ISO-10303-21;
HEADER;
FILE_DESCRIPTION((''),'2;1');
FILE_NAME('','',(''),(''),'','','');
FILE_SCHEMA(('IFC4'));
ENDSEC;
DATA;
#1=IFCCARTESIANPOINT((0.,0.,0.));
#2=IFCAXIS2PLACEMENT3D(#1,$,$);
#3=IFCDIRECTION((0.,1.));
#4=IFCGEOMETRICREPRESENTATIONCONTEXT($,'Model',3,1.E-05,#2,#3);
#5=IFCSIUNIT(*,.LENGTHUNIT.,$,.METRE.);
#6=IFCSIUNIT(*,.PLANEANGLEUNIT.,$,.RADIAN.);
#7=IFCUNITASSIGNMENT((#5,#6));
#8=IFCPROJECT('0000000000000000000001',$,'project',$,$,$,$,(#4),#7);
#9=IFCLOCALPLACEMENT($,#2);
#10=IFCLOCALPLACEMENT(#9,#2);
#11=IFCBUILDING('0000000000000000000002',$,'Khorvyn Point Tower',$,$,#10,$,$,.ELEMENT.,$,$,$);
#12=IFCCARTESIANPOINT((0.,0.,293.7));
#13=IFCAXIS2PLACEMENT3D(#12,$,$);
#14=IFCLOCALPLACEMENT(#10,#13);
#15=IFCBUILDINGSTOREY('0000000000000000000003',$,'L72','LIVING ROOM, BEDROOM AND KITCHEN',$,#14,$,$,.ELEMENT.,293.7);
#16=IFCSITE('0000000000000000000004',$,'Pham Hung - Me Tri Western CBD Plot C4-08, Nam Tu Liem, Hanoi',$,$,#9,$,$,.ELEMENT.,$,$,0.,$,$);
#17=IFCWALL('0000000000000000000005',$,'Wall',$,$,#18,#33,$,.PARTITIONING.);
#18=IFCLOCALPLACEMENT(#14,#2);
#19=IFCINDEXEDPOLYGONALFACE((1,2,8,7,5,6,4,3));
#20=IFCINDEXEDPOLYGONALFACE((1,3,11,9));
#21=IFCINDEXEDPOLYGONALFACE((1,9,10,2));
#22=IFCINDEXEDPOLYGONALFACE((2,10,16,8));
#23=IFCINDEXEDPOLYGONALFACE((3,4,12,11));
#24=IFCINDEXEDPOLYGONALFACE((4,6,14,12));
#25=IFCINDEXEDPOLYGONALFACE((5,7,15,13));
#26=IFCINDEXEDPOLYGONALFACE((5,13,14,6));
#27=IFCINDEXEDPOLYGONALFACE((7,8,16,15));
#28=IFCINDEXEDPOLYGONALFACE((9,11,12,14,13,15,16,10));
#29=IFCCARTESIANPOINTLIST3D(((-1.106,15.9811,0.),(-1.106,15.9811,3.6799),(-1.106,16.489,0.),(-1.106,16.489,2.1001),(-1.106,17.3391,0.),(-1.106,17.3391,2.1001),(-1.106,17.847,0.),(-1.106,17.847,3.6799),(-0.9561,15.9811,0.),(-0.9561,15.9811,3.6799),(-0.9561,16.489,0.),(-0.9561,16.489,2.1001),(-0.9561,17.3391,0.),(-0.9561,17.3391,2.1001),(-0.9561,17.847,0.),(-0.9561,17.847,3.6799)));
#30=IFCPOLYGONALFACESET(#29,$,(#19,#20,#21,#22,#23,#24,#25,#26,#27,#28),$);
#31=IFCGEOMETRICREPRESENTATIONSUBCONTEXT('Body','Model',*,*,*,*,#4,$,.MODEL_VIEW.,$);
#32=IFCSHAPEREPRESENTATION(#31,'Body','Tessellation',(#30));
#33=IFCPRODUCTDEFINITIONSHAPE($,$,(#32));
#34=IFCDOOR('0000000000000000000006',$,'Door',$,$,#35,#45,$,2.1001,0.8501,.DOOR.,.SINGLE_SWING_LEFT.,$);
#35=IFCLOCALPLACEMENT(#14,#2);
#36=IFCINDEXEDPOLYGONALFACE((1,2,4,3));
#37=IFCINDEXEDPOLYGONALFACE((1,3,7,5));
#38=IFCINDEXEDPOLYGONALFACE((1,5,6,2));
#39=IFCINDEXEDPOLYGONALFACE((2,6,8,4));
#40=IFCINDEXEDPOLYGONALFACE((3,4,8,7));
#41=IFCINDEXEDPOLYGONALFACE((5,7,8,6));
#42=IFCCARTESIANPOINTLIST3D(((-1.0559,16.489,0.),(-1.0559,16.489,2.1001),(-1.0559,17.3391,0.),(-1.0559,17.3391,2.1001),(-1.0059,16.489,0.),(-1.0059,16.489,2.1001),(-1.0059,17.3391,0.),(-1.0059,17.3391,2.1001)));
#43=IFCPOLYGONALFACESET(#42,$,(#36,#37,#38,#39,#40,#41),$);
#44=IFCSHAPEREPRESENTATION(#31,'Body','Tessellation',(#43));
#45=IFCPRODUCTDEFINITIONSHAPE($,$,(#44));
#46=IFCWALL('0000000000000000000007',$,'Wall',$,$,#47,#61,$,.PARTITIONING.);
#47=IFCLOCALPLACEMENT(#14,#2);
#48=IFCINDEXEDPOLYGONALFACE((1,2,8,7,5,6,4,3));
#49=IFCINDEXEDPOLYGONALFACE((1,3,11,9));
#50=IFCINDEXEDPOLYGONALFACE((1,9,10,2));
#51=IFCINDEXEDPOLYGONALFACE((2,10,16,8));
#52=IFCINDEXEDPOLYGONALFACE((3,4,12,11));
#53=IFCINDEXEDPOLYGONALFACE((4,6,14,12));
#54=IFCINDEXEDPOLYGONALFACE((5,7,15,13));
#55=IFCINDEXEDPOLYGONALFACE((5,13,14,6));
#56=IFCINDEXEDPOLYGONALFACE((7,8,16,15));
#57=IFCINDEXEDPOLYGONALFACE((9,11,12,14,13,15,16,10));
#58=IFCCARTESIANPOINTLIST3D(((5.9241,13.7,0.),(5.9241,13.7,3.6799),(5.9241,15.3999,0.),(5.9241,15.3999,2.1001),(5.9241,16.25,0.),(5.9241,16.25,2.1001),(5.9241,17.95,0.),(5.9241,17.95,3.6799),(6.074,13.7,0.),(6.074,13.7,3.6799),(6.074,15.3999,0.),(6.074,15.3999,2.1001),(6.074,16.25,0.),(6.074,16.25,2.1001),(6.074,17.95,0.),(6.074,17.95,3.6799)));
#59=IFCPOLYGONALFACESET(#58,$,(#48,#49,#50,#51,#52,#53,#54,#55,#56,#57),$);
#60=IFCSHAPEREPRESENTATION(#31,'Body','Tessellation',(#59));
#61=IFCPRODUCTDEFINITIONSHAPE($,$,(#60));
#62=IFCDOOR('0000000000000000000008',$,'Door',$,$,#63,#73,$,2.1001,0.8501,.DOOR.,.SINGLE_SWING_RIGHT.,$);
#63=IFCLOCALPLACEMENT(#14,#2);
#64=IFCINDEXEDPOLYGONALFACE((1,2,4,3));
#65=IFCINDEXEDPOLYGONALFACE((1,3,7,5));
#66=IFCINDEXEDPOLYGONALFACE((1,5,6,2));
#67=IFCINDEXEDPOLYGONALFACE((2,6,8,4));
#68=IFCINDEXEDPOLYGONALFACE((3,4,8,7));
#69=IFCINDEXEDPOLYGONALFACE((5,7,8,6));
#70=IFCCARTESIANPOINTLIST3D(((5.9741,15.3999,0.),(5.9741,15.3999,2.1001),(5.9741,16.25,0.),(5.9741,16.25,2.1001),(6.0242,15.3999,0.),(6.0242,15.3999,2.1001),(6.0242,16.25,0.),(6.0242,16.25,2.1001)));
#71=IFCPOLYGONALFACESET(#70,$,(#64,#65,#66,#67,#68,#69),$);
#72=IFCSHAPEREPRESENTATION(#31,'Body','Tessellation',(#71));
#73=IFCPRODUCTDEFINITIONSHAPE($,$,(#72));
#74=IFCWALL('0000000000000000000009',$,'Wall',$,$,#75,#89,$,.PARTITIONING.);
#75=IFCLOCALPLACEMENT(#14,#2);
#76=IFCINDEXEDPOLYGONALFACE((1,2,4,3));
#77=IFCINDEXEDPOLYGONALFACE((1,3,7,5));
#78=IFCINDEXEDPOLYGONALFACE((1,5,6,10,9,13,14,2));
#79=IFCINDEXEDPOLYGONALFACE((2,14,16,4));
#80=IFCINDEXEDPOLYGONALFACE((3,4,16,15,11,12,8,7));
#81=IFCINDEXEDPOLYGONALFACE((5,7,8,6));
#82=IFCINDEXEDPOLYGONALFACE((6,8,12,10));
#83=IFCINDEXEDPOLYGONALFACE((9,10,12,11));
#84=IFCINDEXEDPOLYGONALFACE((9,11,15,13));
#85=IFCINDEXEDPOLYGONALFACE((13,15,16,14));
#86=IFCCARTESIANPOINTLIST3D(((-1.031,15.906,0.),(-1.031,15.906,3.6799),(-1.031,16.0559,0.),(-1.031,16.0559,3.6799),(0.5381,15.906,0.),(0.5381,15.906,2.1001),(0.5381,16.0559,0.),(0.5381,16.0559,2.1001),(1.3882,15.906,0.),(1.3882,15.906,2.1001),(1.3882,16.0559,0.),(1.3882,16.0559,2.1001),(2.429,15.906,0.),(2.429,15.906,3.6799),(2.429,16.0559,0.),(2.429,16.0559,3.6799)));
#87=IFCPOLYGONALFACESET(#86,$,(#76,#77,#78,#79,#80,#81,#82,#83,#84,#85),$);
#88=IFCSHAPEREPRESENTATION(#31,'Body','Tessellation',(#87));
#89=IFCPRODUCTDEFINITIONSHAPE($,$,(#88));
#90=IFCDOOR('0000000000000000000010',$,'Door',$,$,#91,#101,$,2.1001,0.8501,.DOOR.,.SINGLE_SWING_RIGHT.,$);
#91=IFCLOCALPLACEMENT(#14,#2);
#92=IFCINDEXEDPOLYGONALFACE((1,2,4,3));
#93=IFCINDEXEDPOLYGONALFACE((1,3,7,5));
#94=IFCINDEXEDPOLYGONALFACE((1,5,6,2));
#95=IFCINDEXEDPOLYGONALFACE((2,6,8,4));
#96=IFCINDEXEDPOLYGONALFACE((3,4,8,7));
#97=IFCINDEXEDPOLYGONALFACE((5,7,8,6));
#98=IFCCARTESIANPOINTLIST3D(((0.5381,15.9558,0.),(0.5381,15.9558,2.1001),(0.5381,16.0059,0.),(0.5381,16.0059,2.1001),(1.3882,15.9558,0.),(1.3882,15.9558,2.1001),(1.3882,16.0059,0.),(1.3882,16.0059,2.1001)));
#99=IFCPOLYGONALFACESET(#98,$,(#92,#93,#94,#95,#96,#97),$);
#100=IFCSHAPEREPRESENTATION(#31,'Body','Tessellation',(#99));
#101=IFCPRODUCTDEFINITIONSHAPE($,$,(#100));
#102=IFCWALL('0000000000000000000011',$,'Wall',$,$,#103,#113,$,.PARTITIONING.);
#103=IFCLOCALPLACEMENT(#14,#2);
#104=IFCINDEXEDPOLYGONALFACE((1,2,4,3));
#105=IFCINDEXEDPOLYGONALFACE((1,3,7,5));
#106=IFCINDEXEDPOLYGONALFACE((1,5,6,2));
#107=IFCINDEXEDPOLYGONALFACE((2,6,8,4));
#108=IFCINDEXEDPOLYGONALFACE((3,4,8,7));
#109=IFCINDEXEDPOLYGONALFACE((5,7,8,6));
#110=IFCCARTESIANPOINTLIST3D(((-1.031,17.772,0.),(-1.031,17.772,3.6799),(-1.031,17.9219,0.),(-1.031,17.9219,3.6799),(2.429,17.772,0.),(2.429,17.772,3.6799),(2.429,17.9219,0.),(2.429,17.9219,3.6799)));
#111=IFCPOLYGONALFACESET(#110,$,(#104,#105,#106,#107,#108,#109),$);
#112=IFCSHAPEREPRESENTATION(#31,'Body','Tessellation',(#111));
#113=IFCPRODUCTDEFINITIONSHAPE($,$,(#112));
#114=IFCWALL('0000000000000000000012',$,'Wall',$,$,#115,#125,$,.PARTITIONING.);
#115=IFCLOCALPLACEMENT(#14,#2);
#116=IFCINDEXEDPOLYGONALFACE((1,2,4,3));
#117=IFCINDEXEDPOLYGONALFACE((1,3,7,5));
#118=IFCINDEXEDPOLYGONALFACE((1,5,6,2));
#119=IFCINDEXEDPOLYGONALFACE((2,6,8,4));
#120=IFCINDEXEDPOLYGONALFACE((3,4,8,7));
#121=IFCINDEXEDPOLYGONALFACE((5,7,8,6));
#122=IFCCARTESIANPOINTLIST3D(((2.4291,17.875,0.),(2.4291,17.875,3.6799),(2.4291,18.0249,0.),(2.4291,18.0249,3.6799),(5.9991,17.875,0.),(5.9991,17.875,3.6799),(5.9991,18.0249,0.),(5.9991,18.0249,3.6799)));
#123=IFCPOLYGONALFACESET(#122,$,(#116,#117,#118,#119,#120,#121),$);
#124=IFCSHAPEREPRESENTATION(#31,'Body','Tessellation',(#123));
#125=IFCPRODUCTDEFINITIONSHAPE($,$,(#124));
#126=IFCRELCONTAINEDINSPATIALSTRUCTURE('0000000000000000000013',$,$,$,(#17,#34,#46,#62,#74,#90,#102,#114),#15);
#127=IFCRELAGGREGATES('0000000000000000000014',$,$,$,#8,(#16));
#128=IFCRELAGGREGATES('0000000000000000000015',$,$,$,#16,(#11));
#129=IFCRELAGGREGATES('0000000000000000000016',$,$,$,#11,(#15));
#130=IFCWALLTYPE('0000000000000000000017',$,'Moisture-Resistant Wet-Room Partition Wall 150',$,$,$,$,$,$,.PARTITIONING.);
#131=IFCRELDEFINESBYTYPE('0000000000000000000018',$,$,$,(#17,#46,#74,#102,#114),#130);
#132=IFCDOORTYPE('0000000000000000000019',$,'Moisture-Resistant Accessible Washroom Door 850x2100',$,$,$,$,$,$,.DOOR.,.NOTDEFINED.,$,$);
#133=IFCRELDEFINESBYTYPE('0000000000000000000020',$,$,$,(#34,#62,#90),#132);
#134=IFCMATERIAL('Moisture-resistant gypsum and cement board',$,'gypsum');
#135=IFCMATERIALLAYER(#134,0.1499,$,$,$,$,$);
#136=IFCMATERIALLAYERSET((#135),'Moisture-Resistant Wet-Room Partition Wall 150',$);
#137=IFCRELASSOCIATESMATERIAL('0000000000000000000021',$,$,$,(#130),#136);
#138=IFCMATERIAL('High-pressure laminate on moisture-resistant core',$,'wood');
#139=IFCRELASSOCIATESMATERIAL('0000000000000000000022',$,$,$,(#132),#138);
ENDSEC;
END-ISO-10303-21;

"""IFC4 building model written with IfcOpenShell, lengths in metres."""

from ifc_helpers import new_model, si_unit, direction, frame, frame_2d, origin, place, context, subcontext, project, spatial, rectangle, extrude, material, layer, layer_set, type_object, element, fill, save


model = new_model("IFC4")

# Units and contexts
model_context = context("Model", 3, precision=1e-05, world=origin(), true_north=direction((0.0, 1.0)))
body_context = subcontext(model_context, "Body", "Model", "MODEL_VIEW")
ifc_project = project(units=[si_unit("LENGTHUNIT", "METRE"), si_unit("PLANEANGLEUNIT", "RADIAN")], contexts=[model_context])

# Site, building, storey
site_placement = place(None, origin())
site = spatial("IfcSite", under=ifc_project, at=site_placement, Name="Pham Hung - Me Tri Western CBD Plot C4-08, Nam Tu Liem, Hanoi", CompositionType="ELEMENT", RefElevation=0.0)
building_placement = place(site_placement, origin())
building = spatial("IfcBuilding", under=site, at=building_placement, Name="Khorvyn Point Tower", CompositionType="ELEMENT")
storey_placement = place(building_placement, frame((0.0, 0.0, 293.7)))
storey = spatial("IfcBuildingStorey", under=building, at=storey_placement, Name="L72", Description="LIVING ROOM, BEDROOM AND KITCHEN", CompositionType="ELEMENT", Elevation=293.7)

# Shared definitions
ifc_material_1 = material(Name="Moisture-resistant gypsum and cement board", Category="gypsum")
ifc_layer_1 = layer(ifc_material_1, 0.1499)
ifc_layer_set_1 = layer_set([ifc_layer_1], Name="Moisture-Resistant Wet-Room Partition Wall 150")
wall_type_1 = type_object("IfcWallType", Name="Moisture-Resistant Wet-Room Partition Wall 150", PredefinedType="PARTITIONING", material=ifc_layer_set_1)

# Walls, openings, doors
wall_1_placement = place(storey_placement, frame((-1.031, 15.981, 0.0), z_axis=(0.0, 0.0, 1.0), x_axis=(0.0, 1.0, 0.0)))
wall_1 = element("IfcWall", 1, at=wall_1_placement, inside=storey, type_object=wall_type_1, Name="Wall", PredefinedType="PARTITIONING", context=body_context, shape_type="SweptSolid", body=[
    extrude(rectangle(XDim=1.866, YDim=0.1499, at=frame_2d((0.9331, 0.0))), origin(), (0.0, 0.0, 1.0), 3.6799),
])
opening_1_placement = place(wall_1_placement, frame((0.5081, 0.0, 0.0)))
opening_1 = element("IfcOpeningElement", 2, at=opening_1_placement, cuts=wall_1, PredefinedType="OPENING", context=body_context, shape_type="SweptSolid", body=[
    extrude(rectangle(XDim=0.8501, YDim=2.1001, at=frame_2d((0.425, 1.05))), frame((0.0, 0.085, 0.0), z_axis=(0.0, -1.0, 0.0), x_axis=(1.0, 0.0, 0.0)), (0.0, 0.0, 1.0), 0.1699),
])
ifc_material_2 = material(Name="High-pressure laminate on moisture-resistant core", Category="wood")
door_type_1 = type_object("IfcDoorType", Name="Moisture-Resistant Accessible Washroom Door 850x2100", OperationType="NOTDEFINED", PredefinedType="DOOR", material=ifc_material_2)
door_1_placement = place(opening_1_placement, origin())
door_1 = element("IfcDoor", 3, at=door_1_placement, inside=storey, type_object=door_type_1, Name="Door", OperationType="SINGLE_SWING_LEFT", OverallHeight=2.1001, OverallWidth=0.8501, PredefinedType="DOOR", context=body_context, shape_type="SweptSolid", body=[
    extrude(rectangle(XDim=0.8501, YDim=2.1001, at=frame_2d((0.425, 1.05))), frame((0.0, 0.0249, 0.0), z_axis=(0.0, -1.0, 0.0), x_axis=(1.0, 0.0, 0.0)), (0.0, 0.0, 1.0), 0.05),
])
fill(opening_1, door_1)
wall_2_placement = place(storey_placement, frame((5.999, 13.7, 0.0), z_axis=(0.0, 0.0, 1.0), x_axis=(0.0, 1.0, 0.0)))
wall_2 = element("IfcWall", 4, at=wall_2_placement, inside=storey, type_object=wall_type_1, Name="Wall", PredefinedType="PARTITIONING", context=body_context, shape_type="SweptSolid", body=[
    extrude(rectangle(XDim=4.25, YDim=0.1499, at=frame_2d((2.125, 0.0))), origin(), (0.0, 0.0, 1.0), 3.6799),
])
opening_2_placement = place(wall_2_placement, frame((1.7, 0.0, 0.0)))
opening_2 = element("IfcOpeningElement", 5, at=opening_2_placement, cuts=wall_2, PredefinedType="OPENING", context=body_context, shape_type="SweptSolid", body=[
    extrude(rectangle(XDim=0.8501, YDim=2.1001, at=frame_2d((0.425, 1.05))), frame((0.0, 0.085, 0.0), z_axis=(0.0, -1.0, 0.0), x_axis=(1.0, 0.0, 0.0)), (0.0, 0.0, 1.0), 0.1699),
])
door_2_placement = place(opening_2_placement, origin())
door_2 = element("IfcDoor", 6, at=door_2_placement, inside=storey, type_object=door_type_1, Name="Door", OperationType="SINGLE_SWING_RIGHT", OverallHeight=2.1001, OverallWidth=0.8501, PredefinedType="DOOR", context=body_context, shape_type="SweptSolid", body=[
    extrude(rectangle(XDim=0.8501, YDim=2.1001, at=frame_2d((0.425, 1.05))), frame((0.0, 0.0249, 0.0), z_axis=(0.0, -1.0, 0.0), x_axis=(1.0, 0.0, 0.0)), (0.0, 0.0, 1.0), 0.05),
])
fill(opening_2, door_2)
wall_3_placement = place(storey_placement, frame((-1.031, 15.981, 0.0), z_axis=(0.0, 0.0, 1.0), x_axis=(1.0, 0.0, 0.0)))
wall_3 = element("IfcWall", 7, at=wall_3_placement, inside=storey, type_object=wall_type_1, Name="Wall", PredefinedType="PARTITIONING", context=body_context, shape_type="SweptSolid", body=[
    extrude(rectangle(XDim=3.46, YDim=0.1499, at=frame_2d((1.73, 0.0))), origin(), (0.0, 0.0, 1.0), 3.6799),
])
opening_3_placement = place(wall_3_placement, frame((1.5691, 0.0, 0.0)))
opening_3 = element("IfcOpeningElement", 8, at=opening_3_placement, cuts=wall_3, PredefinedType="OPENING", context=body_context, shape_type="SweptSolid", body=[
    extrude(rectangle(XDim=0.8501, YDim=2.1001, at=frame_2d((0.425, 1.05))), frame((0.0, 0.085, 0.0), z_axis=(0.0, -1.0, 0.0), x_axis=(1.0, 0.0, 0.0)), (0.0, 0.0, 1.0), 0.1699),
])
door_3_placement = place(opening_3_placement, origin())
door_3 = element("IfcDoor", 9, at=door_3_placement, inside=storey, type_object=door_type_1, Name="Door", OperationType="SINGLE_SWING_RIGHT", OverallHeight=2.1001, OverallWidth=0.8501, PredefinedType="DOOR", context=body_context, shape_type="SweptSolid", body=[
    extrude(rectangle(XDim=0.8501, YDim=2.1001, at=frame_2d((0.425, 1.05))), frame((0.0, 0.0249, 0.0), z_axis=(0.0, -1.0, 0.0), x_axis=(1.0, 0.0, 0.0)), (0.0, 0.0, 1.0), 0.05),
])
fill(opening_3, door_3)

# Walls
wall_4_placement = place(storey_placement, frame((-1.031, 17.8469, 0.0), z_axis=(0.0, 0.0, 1.0), x_axis=(1.0, 0.0, 0.0)))
element("IfcWall", 10, at=wall_4_placement, inside=storey, type_object=wall_type_1, Name="Wall", PredefinedType="PARTITIONING", context=body_context, shape_type="SweptSolid", body=[
    extrude(rectangle(XDim=3.46, YDim=0.1499, at=frame_2d((1.73, 0.0))), origin(), (0.0, 0.0, 1.0), 3.6799),
])
wall_5_placement = place(storey_placement, frame((2.429, 17.95, 0.0), z_axis=(0.0, 0.0, 1.0), x_axis=(1.0, 0.0, 0.0)))
element("IfcWall", 11, at=wall_5_placement, inside=storey, type_object=wall_type_1, Name="Wall", PredefinedType="PARTITIONING", context=body_context, shape_type="SweptSolid", body=[
    extrude(rectangle(XDim=3.5701, YDim=0.1499, at=frame_2d((1.7852, 0.0))), origin(), (0.0, 0.0, 1.0), 3.6799),
])

save(model, "model.ifc")
